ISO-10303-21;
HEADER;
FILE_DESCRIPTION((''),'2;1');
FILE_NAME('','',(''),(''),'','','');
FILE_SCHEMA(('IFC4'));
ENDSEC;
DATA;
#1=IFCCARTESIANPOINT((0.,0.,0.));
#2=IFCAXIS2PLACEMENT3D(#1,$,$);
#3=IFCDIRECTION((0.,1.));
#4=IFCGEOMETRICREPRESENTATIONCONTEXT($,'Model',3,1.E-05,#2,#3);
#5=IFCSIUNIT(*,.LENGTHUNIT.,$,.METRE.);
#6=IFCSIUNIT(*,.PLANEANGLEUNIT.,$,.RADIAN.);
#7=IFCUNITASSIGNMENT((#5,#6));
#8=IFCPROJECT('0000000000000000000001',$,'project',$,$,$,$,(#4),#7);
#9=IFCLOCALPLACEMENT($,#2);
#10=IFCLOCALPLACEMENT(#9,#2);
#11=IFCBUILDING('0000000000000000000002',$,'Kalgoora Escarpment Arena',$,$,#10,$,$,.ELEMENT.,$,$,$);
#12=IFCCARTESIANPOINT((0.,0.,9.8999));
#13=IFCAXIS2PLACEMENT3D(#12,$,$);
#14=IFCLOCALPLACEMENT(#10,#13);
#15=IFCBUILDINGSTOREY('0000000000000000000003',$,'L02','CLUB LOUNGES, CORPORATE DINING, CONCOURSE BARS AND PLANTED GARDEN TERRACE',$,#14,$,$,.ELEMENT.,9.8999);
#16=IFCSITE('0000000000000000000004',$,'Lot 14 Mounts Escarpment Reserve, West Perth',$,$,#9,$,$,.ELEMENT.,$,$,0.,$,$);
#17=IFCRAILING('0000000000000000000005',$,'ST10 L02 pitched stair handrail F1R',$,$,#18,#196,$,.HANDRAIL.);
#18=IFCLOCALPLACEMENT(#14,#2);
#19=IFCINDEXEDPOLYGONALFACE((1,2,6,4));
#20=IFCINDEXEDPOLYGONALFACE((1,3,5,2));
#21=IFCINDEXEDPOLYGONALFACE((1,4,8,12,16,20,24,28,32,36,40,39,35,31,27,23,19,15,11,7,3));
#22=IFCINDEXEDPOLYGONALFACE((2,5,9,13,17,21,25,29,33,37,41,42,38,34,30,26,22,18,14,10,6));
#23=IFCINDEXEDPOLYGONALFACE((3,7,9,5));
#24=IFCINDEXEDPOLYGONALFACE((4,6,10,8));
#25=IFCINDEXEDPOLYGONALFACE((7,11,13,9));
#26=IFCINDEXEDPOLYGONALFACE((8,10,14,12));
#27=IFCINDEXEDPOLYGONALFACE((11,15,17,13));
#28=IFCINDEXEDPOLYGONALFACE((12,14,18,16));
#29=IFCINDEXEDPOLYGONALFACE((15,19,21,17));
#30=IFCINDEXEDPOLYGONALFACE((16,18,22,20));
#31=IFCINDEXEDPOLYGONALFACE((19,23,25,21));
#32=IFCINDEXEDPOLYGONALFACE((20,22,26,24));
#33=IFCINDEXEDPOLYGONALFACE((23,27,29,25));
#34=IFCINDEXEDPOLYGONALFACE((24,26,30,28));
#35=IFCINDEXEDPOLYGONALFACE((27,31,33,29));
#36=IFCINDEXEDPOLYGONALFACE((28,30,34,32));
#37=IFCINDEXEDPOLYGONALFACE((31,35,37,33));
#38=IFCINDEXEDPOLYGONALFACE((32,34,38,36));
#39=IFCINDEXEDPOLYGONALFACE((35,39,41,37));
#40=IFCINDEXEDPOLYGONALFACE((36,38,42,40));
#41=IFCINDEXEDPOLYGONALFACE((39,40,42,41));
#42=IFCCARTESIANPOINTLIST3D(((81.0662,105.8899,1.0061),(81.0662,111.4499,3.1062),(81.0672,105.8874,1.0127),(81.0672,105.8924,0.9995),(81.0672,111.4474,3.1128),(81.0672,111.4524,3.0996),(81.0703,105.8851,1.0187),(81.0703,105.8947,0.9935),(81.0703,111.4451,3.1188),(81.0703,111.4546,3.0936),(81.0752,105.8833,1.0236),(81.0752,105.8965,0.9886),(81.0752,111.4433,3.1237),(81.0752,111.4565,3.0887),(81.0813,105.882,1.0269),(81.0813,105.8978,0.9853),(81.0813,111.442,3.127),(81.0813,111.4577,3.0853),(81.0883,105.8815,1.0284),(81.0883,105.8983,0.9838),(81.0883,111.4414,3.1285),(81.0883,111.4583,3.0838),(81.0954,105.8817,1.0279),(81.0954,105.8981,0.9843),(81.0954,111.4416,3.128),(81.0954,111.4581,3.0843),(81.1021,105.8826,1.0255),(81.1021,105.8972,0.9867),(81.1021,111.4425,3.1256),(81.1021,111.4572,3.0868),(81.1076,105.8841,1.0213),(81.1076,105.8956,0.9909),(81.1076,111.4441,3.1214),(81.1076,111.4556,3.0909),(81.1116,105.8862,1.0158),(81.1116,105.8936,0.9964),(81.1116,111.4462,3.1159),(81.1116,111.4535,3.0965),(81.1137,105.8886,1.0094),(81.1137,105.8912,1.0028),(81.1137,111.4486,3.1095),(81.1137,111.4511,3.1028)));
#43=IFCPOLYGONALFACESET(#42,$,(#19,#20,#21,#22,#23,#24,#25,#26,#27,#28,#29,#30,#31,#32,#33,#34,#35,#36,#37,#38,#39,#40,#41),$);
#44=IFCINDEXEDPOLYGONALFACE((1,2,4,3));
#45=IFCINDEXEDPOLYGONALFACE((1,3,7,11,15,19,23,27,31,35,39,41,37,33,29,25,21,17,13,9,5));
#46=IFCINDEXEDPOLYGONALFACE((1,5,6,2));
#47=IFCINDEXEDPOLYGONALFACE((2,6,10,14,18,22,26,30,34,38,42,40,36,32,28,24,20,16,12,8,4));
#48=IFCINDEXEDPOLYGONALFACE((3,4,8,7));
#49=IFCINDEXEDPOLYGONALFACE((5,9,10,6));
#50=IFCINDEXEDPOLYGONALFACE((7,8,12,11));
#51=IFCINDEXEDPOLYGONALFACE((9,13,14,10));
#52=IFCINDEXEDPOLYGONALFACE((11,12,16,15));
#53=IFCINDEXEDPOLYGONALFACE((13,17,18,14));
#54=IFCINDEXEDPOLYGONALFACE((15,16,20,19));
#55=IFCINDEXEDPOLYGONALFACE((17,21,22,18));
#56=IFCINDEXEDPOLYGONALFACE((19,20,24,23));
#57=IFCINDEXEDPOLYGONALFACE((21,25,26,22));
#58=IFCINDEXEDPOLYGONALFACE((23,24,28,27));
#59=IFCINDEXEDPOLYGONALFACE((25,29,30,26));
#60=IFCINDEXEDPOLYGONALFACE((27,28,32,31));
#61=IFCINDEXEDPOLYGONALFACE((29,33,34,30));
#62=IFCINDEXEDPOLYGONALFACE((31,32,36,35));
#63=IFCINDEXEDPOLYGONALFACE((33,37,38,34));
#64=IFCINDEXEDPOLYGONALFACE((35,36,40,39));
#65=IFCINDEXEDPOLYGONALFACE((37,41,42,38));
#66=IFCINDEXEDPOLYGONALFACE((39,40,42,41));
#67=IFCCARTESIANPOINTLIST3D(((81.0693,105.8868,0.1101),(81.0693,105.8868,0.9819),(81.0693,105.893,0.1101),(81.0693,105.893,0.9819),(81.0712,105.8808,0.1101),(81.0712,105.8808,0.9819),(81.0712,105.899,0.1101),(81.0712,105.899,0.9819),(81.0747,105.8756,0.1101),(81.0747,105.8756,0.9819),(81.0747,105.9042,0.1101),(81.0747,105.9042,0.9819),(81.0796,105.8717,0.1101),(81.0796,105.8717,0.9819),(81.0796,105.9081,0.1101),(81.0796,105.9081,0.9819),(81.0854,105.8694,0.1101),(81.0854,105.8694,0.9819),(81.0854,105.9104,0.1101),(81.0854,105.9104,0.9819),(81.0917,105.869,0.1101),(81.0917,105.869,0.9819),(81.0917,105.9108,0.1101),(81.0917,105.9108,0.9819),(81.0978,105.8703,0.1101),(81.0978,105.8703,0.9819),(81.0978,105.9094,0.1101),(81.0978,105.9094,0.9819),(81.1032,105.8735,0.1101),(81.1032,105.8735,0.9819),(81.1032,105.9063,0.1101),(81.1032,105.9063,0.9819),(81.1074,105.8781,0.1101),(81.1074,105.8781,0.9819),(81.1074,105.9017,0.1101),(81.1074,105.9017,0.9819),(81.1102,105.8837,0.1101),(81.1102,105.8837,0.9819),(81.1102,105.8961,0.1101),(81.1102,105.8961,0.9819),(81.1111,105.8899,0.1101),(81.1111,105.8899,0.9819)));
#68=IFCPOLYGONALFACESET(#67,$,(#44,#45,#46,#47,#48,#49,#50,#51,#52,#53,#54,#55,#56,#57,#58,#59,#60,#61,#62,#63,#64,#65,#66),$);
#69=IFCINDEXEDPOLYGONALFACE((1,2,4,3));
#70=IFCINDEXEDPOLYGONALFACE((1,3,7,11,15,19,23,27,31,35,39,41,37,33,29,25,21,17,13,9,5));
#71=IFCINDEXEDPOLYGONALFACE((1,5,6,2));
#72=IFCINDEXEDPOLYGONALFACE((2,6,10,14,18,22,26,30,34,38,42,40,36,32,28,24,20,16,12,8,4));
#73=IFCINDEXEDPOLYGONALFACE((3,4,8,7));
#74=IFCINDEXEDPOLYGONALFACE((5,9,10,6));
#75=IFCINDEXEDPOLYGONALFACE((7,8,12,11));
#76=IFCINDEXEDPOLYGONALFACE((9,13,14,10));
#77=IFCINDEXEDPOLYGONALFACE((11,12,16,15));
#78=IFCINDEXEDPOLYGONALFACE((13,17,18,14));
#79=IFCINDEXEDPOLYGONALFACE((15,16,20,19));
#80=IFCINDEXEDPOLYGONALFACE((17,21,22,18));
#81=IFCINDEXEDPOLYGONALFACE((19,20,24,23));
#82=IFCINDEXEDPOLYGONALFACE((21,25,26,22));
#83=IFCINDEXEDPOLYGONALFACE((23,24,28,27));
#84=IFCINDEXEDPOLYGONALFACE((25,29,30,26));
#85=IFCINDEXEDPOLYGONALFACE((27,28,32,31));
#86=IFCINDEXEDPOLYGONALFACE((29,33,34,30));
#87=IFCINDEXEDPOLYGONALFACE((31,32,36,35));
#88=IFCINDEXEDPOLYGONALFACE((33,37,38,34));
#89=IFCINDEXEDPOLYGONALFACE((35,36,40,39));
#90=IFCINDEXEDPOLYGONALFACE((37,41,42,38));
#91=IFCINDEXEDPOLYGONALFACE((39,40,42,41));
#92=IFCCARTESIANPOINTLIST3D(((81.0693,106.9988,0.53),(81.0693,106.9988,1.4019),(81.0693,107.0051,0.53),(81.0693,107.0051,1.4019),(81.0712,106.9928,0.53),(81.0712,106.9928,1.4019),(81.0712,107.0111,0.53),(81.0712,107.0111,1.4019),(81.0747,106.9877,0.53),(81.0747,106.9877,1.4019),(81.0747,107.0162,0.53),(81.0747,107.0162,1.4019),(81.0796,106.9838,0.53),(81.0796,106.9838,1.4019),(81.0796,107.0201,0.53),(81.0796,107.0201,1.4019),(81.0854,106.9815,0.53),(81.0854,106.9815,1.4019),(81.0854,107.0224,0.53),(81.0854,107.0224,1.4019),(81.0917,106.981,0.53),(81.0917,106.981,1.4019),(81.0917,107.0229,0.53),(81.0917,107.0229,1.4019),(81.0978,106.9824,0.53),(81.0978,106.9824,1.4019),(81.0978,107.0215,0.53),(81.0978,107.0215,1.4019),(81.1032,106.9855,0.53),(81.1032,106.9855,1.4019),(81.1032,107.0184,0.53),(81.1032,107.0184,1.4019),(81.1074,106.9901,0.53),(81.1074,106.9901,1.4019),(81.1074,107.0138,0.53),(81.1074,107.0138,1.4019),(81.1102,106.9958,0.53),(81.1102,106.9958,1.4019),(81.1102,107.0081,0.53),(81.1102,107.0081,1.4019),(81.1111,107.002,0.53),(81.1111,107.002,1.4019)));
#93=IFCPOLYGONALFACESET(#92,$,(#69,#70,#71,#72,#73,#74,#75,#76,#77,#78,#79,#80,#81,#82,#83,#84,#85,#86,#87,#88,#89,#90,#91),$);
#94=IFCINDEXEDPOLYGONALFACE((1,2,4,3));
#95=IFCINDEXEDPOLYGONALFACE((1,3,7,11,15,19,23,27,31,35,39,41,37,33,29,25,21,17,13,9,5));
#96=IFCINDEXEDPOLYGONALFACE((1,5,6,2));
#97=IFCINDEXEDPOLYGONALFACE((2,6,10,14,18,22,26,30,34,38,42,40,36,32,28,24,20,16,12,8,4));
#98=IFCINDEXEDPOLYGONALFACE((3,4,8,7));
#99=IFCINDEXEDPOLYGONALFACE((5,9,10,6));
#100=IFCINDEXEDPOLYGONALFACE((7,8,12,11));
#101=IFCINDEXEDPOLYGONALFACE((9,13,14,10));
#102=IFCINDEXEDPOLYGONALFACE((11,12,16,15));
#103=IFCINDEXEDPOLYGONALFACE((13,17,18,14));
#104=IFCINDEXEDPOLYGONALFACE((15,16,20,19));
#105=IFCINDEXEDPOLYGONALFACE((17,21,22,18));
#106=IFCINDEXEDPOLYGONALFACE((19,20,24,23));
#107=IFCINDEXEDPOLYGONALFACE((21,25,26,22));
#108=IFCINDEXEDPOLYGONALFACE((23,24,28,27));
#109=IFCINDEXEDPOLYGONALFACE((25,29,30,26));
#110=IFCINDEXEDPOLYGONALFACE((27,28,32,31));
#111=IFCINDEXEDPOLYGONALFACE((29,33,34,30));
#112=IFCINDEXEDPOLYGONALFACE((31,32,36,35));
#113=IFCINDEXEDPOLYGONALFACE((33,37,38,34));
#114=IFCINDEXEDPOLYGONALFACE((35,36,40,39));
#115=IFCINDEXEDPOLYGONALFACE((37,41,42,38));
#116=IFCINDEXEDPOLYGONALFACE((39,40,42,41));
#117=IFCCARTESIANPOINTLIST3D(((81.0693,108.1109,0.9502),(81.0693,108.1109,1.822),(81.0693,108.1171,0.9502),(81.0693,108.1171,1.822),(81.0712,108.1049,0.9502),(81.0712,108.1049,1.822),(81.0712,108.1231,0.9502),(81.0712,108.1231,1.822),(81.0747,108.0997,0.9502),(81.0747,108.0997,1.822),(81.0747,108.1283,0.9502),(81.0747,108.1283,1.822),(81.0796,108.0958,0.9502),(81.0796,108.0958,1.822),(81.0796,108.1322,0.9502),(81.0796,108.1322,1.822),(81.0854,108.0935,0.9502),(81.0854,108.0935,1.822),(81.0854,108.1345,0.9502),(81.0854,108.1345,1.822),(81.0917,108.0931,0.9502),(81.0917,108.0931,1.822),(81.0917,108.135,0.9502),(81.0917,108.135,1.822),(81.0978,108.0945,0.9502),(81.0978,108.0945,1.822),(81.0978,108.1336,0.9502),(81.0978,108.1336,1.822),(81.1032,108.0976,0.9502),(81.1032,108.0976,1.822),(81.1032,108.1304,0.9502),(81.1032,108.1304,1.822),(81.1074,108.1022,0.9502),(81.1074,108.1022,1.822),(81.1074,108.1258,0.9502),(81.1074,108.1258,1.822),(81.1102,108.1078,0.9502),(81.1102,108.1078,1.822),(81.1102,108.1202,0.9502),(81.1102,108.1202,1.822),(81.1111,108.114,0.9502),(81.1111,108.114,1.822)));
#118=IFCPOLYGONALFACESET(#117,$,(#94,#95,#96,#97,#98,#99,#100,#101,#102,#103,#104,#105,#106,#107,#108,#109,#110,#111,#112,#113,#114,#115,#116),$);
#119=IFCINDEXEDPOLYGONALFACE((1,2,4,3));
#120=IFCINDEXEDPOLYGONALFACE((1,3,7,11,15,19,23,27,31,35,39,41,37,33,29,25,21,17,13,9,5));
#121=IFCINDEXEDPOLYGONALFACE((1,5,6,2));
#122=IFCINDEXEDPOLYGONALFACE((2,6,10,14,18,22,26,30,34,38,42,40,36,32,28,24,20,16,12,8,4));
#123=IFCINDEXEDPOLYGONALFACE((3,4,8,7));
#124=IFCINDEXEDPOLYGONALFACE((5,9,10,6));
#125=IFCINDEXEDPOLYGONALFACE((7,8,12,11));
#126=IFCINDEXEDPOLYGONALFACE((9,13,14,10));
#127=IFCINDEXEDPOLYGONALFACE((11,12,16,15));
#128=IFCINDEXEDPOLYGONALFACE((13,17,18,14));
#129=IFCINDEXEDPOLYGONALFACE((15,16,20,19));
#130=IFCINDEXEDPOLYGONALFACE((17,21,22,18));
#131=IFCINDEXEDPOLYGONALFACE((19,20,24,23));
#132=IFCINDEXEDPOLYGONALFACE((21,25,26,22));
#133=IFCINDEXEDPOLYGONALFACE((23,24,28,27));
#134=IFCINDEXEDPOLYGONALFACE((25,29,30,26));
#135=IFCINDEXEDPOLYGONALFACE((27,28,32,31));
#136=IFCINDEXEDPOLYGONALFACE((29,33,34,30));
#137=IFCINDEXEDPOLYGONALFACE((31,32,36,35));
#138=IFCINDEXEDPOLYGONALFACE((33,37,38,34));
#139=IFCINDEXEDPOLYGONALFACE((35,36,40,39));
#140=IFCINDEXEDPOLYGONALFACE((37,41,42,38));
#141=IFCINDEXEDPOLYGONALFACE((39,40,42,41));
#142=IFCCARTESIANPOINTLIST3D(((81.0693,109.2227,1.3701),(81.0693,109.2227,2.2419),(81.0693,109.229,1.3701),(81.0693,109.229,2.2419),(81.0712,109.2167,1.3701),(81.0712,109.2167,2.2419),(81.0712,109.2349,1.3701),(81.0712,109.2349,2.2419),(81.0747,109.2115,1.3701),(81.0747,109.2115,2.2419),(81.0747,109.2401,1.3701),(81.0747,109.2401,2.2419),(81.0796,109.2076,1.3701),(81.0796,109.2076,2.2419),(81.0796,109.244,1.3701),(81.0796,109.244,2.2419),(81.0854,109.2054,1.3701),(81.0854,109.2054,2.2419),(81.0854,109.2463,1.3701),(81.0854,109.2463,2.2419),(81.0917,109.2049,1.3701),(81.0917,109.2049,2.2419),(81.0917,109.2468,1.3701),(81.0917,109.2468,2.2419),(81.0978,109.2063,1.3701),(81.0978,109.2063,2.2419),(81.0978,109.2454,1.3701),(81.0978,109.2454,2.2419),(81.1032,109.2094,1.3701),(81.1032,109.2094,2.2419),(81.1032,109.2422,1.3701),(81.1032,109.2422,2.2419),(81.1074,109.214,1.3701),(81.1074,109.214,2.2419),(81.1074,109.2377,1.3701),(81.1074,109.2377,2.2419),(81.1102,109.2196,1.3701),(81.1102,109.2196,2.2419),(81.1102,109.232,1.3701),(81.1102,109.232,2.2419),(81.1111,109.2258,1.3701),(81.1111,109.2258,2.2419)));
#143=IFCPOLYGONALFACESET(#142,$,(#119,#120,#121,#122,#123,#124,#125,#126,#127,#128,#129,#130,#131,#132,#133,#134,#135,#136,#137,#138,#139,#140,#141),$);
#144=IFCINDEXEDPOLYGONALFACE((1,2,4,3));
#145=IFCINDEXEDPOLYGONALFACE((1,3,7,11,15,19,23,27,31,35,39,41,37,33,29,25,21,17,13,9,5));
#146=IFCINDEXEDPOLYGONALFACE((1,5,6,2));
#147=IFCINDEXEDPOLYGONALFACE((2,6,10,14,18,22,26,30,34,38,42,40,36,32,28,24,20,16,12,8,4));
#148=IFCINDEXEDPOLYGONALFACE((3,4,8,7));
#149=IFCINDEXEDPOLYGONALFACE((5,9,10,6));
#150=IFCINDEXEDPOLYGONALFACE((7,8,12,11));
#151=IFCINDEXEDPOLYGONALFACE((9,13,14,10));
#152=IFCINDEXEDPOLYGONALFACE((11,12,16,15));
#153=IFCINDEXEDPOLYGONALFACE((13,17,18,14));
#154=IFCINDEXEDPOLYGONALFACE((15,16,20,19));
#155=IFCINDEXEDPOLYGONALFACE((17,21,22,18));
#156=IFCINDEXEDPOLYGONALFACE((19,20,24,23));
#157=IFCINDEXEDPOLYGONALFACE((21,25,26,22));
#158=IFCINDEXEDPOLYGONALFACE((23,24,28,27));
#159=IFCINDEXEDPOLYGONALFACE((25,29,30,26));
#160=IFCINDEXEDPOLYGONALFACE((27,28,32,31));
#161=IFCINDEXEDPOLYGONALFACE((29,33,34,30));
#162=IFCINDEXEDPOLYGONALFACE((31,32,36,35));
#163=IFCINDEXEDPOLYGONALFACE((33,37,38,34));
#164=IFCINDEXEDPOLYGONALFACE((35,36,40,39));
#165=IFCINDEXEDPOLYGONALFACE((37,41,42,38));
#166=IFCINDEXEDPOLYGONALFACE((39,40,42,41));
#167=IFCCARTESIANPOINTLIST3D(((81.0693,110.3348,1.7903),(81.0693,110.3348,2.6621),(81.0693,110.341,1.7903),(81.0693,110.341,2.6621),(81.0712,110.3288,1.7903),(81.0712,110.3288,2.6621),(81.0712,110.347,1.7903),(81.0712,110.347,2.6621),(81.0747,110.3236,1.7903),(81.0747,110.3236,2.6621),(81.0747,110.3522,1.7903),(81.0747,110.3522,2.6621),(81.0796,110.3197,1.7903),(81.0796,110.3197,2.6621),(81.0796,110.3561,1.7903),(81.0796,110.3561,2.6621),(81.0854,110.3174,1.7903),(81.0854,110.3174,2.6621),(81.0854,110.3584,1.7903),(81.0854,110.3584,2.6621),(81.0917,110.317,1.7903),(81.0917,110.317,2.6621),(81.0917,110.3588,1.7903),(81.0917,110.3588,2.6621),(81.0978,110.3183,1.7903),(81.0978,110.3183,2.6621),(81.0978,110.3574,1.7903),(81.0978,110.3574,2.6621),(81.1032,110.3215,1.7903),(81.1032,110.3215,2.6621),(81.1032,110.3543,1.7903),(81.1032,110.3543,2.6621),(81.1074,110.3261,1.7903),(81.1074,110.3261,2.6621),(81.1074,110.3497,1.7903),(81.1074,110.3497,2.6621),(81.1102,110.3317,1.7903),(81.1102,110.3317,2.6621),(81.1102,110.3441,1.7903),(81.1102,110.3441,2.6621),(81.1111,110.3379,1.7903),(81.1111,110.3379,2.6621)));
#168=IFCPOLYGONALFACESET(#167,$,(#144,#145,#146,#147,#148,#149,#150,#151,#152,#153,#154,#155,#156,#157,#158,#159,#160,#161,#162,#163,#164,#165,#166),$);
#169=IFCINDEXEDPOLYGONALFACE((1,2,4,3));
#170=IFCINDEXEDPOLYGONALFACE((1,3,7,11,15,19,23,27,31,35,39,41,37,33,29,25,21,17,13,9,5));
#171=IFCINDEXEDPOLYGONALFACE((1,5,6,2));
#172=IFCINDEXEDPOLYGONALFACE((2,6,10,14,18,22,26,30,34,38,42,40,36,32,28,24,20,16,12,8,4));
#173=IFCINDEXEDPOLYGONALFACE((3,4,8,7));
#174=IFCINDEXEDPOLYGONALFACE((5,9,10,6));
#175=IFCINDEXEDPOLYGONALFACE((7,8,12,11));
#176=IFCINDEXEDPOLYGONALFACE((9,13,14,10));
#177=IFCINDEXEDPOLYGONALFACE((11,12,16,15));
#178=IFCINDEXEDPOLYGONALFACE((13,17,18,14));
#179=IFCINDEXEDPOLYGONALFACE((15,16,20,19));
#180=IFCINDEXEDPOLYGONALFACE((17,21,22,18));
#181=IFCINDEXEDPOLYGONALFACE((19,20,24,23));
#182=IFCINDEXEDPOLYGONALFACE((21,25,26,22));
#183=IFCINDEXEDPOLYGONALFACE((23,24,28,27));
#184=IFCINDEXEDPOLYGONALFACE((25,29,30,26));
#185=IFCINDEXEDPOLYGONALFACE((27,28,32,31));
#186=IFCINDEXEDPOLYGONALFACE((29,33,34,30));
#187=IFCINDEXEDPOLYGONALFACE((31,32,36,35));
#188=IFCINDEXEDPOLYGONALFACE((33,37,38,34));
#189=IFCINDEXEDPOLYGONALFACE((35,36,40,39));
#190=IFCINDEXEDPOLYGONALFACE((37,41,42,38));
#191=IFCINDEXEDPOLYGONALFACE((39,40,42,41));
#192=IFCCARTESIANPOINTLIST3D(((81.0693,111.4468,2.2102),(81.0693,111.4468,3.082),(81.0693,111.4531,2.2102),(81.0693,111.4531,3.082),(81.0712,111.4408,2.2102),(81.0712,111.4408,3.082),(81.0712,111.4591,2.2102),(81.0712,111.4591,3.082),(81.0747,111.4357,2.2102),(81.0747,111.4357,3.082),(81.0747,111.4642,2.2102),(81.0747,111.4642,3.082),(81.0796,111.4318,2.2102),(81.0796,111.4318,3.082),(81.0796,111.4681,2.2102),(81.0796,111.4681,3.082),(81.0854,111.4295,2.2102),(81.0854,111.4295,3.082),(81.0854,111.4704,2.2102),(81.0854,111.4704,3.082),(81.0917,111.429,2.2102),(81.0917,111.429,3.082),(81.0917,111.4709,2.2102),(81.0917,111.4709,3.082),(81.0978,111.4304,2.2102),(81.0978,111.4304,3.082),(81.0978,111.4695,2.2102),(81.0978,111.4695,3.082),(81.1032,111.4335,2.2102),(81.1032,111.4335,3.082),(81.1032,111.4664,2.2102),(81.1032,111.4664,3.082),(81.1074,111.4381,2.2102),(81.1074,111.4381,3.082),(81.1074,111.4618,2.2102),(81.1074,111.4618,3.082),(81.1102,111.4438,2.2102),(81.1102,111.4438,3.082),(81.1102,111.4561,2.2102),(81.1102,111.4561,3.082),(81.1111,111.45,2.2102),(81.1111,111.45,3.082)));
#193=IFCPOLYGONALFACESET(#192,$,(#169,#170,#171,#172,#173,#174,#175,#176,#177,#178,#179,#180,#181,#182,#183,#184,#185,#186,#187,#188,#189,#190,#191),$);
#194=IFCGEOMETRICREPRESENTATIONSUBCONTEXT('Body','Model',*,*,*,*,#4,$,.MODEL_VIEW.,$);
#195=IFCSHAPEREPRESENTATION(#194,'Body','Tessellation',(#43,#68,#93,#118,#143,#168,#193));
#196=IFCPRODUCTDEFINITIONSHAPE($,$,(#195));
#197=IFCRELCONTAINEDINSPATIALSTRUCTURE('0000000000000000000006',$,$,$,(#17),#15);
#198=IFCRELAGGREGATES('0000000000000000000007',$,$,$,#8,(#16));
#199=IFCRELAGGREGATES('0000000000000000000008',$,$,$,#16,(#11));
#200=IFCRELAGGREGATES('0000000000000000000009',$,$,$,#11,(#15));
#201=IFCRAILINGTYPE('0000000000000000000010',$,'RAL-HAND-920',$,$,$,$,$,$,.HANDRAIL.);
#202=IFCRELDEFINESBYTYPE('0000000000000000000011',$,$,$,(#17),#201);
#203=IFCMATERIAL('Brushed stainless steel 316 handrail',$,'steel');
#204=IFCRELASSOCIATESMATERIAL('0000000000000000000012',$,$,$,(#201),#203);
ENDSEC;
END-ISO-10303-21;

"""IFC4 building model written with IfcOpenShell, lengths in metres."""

from ifc_helpers import new_model, si_unit, direction, frame, origin, origin_2d, place, context, subcontext, project, spatial, circle, extrude, material, type_object, element, save


model = new_model("IFC4")

# Units and contexts
model_context = context("Model", 3, precision=1e-05, world=origin(), true_north=direction((0.0, 1.0)))
body_context = subcontext(model_context, "Body", "Model", "MODEL_VIEW")
ifc_project = project(units=[si_unit("LENGTHUNIT", "METRE"), si_unit("PLANEANGLEUNIT", "RADIAN")], contexts=[model_context])

# Site, building, storey
site_placement = place(None, origin())
site = spatial("IfcSite", under=ifc_project, at=site_placement, Name="Lot 14 Mounts Escarpment Reserve, West Perth", CompositionType="ELEMENT", RefElevation=0.0)
building_placement = place(site_placement, origin())
building = spatial("IfcBuilding", under=site, at=building_placement, Name="Kalgoora Escarpment Arena", CompositionType="ELEMENT")
storey_placement = place(building_placement, frame((0.0, 0.0, 9.8999)))
storey = spatial("IfcBuildingStorey", under=building, at=storey_placement, Name="L02", Description="CLUB LOUNGES, CORPORATE DINING, CONCOURSE BARS AND PLANTED GARDEN TERRACE", CompositionType="ELEMENT", Elevation=9.8999)

# Railing
ifc_material_1 = material(Name="Brushed stainless steel 316 handrail", Category="steel")
railing_type_1 = type_object("IfcRailingType", Name="RAL-HAND-920", PredefinedType="HANDRAIL", material=ifc_material_1)
railing_1_placement = place(storey_placement, frame((81.0901, 105.8899, 0.1101)))
element("IfcRailing", 1, at=railing_1_placement, inside=storey, type_object=railing_type_1, Name="ST10 L02 pitched stair handrail F1R", PredefinedType="HANDRAIL", context=body_context, shape_type="SweptSolid", body=[
    extrude(circle(Radius=0.0239, at=origin_2d()), frame((0.0, 0.0, 0.896), z_axis=(0.0, 0.935493, 0.353346), x_axis=(-1.0, 0.0, 0.0)), (0.0, 0.0, 1.0), 5.9434),
    extrude(circle(Radius=0.021, at=origin_2d()), origin(), (0.0, 0.0, 1.0), 0.8718),
    extrude(circle(Radius=0.021, at=origin_2d()), frame((0.0, 1.1121, 0.4199)), (0.0, 0.0, 1.0), 0.8718),
    extrude(circle(Radius=0.021, at=origin_2d()), frame((0.0, 2.2241, 0.8401)), (0.0, 0.0, 1.0), 0.8718),
    extrude(circle(Radius=0.021, at=origin_2d()), frame((0.0, 3.3359, 1.26)), (0.0, 0.0, 1.0), 0.8718),
    extrude(circle(Radius=0.021, at=origin_2d()), frame((0.0, 4.448, 1.6802)), (0.0, 0.0, 1.0), 0.8718),
    extrude(circle(Radius=0.021, at=origin_2d()), frame((0.0, 5.5601, 2.1001)), (0.0, 0.0, 1.0), 0.8718),
])

save(model, "model.ifc")
